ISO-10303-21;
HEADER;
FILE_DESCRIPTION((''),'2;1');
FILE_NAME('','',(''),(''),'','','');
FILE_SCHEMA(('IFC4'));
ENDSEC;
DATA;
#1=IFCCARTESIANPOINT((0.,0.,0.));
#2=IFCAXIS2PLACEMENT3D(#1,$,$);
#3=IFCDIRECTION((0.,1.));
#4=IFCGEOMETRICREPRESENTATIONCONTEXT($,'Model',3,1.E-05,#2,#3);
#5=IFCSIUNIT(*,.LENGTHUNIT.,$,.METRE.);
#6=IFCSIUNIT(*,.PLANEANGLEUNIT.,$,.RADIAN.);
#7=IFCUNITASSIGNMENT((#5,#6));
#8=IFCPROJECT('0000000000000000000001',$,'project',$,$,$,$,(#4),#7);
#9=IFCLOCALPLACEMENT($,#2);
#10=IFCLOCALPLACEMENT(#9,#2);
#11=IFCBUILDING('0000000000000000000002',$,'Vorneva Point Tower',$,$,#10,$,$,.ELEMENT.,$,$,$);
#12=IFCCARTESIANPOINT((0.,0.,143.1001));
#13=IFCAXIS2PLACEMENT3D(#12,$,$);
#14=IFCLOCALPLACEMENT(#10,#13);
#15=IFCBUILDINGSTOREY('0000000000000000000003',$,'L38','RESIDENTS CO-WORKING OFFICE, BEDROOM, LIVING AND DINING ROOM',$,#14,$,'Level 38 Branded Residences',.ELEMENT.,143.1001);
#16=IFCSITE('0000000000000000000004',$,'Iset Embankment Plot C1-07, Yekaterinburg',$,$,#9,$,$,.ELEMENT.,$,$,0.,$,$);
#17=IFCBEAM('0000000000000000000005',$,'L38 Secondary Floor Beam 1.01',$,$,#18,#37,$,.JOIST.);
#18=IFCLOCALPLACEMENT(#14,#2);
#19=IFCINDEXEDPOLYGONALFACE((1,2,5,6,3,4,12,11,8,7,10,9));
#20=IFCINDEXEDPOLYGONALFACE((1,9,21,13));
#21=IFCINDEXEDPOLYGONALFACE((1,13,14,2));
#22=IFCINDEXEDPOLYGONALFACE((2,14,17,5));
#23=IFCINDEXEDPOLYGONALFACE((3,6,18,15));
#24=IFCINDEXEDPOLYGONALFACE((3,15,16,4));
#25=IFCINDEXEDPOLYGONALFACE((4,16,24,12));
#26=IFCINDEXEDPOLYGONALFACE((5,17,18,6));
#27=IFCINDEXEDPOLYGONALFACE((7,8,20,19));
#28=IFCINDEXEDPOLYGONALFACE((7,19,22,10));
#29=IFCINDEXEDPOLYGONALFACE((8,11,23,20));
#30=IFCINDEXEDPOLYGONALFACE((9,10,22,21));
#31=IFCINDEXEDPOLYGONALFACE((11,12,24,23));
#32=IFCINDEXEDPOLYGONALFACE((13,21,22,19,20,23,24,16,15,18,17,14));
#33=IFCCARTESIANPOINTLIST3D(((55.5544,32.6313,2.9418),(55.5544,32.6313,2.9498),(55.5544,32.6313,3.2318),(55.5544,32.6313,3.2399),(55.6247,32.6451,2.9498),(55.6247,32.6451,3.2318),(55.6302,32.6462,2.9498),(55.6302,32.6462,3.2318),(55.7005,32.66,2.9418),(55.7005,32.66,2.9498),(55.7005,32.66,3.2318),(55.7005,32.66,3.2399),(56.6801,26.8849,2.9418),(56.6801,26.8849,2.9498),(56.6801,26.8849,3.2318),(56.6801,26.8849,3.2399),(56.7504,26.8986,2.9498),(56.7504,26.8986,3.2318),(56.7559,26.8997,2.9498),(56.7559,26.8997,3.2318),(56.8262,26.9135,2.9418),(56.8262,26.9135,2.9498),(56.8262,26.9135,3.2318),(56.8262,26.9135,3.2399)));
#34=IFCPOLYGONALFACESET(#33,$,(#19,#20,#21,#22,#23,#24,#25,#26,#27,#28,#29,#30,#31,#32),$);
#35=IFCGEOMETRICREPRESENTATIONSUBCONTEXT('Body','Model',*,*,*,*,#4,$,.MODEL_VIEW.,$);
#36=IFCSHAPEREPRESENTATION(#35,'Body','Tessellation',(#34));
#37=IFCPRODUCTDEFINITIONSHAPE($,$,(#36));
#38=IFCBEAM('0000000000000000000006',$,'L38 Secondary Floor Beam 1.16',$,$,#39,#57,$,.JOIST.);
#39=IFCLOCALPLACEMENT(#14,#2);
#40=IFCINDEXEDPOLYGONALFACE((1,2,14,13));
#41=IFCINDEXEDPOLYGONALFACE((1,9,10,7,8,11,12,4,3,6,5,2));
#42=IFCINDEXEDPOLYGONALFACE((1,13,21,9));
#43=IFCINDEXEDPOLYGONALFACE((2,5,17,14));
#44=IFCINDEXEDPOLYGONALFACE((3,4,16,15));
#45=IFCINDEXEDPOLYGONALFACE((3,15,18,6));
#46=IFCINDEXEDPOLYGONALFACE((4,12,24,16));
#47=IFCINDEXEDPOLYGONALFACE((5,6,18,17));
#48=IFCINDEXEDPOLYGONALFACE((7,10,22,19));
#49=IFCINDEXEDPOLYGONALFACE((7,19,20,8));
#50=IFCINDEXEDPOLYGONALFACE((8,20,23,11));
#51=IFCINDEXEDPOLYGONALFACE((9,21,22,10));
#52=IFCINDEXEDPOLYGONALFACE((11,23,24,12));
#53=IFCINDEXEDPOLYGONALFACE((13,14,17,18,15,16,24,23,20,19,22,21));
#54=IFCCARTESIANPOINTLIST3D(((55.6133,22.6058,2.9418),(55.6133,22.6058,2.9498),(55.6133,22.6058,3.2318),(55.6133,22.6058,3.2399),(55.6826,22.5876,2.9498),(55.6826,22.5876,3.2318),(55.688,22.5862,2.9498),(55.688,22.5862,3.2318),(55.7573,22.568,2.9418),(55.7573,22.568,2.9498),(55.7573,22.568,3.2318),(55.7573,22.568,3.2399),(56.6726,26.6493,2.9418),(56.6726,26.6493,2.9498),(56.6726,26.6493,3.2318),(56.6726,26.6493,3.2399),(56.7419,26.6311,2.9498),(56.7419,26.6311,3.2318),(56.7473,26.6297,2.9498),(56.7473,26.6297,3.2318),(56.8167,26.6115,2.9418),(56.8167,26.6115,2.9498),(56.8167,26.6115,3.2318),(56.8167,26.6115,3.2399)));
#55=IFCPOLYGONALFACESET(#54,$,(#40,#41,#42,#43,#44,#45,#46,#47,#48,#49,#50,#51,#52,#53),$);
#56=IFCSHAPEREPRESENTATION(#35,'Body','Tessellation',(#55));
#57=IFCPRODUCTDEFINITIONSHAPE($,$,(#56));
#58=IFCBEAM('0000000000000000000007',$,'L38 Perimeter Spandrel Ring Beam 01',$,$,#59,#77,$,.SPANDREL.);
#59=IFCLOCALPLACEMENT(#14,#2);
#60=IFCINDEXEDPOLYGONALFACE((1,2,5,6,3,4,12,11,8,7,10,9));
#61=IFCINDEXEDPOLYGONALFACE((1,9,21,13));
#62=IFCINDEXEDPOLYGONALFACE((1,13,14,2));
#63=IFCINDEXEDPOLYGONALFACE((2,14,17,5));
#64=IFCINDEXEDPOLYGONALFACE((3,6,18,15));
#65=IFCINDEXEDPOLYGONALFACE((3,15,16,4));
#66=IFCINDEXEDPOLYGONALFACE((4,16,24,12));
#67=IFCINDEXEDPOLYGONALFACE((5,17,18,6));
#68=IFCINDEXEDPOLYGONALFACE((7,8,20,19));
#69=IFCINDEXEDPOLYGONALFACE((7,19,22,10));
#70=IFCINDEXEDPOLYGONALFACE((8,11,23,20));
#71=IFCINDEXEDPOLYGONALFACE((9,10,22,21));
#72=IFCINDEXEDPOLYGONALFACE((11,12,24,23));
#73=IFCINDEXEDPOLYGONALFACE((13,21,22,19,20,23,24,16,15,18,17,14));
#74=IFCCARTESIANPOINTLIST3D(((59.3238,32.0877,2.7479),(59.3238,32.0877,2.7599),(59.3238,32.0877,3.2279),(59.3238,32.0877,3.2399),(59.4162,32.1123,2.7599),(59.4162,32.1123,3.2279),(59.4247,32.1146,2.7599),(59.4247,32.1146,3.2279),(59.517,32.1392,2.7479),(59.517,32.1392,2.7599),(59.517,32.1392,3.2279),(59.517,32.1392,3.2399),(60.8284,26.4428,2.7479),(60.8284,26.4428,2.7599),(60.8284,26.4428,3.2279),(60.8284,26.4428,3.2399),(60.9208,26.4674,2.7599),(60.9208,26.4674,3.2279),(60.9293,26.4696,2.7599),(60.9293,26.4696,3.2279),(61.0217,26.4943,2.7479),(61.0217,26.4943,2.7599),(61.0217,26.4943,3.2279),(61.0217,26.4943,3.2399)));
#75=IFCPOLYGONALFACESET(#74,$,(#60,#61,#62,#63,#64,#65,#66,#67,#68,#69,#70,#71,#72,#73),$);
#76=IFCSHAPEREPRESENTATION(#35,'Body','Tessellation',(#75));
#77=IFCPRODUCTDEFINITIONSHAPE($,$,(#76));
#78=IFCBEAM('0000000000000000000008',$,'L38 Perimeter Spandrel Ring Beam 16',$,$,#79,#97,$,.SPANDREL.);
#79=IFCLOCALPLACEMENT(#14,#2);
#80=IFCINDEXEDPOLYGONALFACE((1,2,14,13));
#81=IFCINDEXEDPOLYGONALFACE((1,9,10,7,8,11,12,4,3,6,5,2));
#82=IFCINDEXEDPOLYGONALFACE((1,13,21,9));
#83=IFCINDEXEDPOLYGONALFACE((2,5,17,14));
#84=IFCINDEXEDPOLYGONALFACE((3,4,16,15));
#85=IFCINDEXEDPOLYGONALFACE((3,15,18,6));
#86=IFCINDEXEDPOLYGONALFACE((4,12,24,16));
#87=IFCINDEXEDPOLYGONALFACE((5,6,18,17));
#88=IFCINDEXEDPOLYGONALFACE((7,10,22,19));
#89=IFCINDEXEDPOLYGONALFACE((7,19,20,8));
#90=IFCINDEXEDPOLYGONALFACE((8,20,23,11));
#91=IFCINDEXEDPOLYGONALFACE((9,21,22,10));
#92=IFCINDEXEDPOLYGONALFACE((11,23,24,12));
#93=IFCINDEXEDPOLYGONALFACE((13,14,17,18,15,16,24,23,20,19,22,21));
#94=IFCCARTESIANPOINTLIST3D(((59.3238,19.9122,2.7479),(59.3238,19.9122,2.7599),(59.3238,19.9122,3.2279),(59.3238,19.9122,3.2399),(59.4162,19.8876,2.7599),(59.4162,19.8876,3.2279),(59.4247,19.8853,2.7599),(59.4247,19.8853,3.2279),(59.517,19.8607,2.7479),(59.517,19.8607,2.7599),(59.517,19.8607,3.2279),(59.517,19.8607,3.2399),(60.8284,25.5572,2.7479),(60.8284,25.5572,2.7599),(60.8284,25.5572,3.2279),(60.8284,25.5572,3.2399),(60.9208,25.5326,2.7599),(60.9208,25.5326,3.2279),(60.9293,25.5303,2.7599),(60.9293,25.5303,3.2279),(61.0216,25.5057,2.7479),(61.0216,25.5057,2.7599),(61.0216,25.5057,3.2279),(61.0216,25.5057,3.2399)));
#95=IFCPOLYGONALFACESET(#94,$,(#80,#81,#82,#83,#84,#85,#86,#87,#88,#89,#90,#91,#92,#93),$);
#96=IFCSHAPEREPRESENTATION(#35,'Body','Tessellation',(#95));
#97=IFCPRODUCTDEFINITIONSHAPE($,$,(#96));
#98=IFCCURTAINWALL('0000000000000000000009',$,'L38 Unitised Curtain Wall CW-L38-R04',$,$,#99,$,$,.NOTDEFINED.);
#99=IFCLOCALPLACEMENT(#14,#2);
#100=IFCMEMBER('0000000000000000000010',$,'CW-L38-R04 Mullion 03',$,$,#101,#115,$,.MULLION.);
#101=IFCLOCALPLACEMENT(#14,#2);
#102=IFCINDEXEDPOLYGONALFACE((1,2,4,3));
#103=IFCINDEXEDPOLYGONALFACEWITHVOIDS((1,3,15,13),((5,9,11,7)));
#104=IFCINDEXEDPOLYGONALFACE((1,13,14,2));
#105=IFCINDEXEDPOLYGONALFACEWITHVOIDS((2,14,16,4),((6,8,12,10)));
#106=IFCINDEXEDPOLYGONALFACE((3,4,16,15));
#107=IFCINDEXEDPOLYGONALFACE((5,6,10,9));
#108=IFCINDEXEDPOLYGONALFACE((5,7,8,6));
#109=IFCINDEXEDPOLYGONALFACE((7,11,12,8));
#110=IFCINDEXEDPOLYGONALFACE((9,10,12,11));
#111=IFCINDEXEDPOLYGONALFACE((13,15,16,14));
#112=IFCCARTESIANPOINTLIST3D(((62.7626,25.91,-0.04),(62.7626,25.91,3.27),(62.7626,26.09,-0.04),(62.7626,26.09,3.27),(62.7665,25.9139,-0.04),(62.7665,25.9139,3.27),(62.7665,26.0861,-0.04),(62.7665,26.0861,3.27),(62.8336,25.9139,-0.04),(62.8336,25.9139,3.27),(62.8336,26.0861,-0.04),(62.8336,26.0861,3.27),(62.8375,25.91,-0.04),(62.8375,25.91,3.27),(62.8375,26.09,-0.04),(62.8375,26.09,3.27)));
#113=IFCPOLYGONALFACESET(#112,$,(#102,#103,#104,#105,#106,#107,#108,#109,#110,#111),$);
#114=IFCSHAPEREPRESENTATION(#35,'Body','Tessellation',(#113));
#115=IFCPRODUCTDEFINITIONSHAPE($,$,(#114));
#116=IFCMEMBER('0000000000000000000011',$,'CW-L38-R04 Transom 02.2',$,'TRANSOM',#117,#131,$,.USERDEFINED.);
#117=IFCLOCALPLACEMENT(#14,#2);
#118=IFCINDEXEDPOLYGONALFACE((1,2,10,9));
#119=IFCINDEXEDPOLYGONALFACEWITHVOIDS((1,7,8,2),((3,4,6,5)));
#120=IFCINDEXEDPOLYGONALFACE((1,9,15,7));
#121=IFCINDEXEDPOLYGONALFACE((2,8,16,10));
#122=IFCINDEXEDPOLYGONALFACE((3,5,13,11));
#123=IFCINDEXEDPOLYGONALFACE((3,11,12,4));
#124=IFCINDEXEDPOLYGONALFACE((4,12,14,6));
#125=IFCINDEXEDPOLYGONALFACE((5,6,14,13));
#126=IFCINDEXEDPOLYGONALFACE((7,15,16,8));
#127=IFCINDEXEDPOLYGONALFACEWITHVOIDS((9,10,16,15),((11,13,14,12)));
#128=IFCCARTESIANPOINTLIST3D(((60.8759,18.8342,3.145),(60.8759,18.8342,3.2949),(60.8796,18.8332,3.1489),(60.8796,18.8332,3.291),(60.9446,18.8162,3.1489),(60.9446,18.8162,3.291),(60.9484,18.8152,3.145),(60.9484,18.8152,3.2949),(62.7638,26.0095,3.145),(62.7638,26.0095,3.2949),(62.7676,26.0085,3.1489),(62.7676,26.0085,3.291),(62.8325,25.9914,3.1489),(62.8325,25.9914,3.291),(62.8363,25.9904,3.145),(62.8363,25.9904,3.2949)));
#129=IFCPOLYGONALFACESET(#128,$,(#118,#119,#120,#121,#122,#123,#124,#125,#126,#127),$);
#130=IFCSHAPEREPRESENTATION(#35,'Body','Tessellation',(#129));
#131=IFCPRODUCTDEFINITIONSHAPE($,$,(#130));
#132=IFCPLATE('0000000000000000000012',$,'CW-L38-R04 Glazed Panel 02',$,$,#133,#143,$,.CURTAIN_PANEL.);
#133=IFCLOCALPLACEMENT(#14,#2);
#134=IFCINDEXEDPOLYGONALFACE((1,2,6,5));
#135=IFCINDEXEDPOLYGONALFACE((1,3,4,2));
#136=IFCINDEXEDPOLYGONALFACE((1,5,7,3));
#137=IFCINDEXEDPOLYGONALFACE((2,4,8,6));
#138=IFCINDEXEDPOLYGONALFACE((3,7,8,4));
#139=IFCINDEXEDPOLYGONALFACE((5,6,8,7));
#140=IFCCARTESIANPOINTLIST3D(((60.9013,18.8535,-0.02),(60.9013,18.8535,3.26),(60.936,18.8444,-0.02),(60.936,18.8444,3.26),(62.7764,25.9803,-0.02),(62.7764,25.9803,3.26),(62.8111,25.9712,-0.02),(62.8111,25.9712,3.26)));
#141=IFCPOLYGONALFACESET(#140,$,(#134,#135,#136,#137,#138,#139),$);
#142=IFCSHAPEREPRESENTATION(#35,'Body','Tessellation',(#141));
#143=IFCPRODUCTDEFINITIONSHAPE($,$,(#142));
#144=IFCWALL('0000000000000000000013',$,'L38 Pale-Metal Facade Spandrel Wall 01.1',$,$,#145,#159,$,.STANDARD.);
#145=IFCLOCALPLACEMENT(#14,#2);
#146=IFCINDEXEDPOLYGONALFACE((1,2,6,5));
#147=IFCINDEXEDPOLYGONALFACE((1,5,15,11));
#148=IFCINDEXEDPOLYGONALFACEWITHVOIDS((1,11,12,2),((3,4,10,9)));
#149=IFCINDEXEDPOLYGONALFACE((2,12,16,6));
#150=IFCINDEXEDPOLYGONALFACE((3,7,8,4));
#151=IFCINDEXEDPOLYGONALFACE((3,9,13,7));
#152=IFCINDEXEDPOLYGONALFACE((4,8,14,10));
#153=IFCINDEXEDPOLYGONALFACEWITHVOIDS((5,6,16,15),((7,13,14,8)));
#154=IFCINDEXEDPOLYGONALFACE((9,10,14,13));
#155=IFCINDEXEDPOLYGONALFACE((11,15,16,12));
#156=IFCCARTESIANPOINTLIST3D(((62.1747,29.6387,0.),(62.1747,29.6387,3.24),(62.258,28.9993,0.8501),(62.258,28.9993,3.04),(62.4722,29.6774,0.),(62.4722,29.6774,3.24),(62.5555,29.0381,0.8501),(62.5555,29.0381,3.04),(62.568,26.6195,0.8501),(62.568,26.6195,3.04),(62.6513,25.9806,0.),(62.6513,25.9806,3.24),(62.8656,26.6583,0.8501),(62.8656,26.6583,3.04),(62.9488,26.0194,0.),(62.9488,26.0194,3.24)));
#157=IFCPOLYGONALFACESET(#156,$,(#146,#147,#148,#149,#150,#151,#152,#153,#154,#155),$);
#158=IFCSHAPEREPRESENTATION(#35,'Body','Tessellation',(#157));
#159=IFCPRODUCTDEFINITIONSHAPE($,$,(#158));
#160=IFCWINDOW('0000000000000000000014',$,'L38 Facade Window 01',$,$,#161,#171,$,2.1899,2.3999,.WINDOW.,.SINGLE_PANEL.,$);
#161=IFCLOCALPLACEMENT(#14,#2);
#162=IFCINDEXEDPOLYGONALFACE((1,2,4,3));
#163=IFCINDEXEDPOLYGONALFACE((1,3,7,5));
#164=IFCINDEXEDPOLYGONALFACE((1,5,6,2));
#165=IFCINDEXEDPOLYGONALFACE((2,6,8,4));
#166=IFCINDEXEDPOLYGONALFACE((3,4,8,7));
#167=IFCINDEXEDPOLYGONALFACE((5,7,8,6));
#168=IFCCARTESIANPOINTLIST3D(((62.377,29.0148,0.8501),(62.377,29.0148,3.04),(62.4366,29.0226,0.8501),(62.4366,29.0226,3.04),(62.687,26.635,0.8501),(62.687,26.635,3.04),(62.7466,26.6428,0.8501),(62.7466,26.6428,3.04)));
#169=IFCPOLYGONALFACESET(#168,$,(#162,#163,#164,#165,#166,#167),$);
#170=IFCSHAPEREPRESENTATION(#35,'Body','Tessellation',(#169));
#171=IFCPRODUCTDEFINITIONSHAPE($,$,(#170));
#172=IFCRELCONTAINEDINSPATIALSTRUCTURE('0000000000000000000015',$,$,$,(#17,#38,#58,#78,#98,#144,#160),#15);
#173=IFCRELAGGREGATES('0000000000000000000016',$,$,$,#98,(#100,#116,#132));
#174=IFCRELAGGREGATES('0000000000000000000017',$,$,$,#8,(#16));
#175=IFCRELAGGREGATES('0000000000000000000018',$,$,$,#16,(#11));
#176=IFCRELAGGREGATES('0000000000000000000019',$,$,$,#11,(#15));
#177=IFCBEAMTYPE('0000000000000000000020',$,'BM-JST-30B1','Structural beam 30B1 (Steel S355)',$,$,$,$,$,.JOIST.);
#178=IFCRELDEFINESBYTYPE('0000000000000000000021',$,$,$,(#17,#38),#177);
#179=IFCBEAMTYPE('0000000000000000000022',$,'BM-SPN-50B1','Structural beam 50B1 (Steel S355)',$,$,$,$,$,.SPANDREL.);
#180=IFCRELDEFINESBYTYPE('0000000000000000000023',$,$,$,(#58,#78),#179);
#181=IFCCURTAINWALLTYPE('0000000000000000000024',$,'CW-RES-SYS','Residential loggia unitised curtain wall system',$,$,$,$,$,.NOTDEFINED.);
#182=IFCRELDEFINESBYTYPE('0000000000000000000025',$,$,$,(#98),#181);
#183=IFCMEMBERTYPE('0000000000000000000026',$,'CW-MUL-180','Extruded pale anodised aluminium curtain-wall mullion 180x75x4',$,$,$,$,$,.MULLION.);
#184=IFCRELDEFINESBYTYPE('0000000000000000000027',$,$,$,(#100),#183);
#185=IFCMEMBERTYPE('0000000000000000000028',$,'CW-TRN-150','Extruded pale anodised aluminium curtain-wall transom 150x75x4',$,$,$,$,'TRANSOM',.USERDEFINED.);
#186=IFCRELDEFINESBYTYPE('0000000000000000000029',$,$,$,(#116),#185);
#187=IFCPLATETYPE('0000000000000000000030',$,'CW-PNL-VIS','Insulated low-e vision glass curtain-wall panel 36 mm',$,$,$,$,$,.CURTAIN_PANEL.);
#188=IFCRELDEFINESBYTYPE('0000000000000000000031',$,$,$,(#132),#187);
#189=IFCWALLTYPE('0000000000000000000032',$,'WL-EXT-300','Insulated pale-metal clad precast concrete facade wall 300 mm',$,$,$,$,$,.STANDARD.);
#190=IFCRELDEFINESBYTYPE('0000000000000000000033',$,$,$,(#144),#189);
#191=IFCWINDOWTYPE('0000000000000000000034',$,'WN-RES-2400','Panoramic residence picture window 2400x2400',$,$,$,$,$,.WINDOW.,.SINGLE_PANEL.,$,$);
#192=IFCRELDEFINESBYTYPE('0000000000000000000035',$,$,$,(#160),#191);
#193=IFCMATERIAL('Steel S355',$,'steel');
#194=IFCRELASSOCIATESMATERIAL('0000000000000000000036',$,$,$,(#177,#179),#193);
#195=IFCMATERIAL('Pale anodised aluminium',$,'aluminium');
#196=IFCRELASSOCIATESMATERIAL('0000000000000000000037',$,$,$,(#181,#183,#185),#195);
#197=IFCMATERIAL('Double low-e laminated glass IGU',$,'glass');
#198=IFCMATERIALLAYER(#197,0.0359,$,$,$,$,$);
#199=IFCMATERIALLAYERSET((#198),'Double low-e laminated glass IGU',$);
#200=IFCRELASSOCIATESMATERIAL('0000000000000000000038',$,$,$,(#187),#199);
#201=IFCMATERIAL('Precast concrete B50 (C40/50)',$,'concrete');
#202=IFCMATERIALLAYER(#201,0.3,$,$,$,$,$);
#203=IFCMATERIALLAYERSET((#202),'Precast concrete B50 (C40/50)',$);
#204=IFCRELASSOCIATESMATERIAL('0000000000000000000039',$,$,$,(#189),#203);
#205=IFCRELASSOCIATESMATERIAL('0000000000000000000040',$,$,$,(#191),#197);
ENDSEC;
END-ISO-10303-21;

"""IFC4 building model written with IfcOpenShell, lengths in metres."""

from ifc_helpers import new_model, si_unit, direction, frame, frame_2d, origin, origin_2d, place, context, subcontext, project, spatial, rectangle, hollow_rectangle, i_section, extrude, material, layer, layer_set, material_profile, profile_set, type_object, element, fill, aggregate, save


model = new_model("IFC4")

# Units and contexts
model_context = context("Model", 3, precision=1e-05, world=origin(), true_north=direction((0.0, 1.0)))
body_context = subcontext(model_context, "Body", "Model", "MODEL_VIEW")
ifc_project = project(units=[si_unit("LENGTHUNIT", "METRE"), si_unit("PLANEANGLEUNIT", "RADIAN")], contexts=[model_context])

# Site, building, storey
site_placement = place(None, origin())
site = spatial("IfcSite", under=ifc_project, at=site_placement, Name="Iset Embankment Plot C1-07, Yekaterinburg", CompositionType="ELEMENT", RefElevation=0.0)
building_placement = place(site_placement, origin())
building = spatial("IfcBuilding", under=site, at=building_placement, Name="Vorneva Point Tower", CompositionType="ELEMENT")
storey_placement = place(building_placement, frame((0.0, 0.0, 143.1001)))
storey = spatial("IfcBuildingStorey", under=building, at=storey_placement, Name="L38", Description="RESIDENTS CO-WORKING OFFICE, BEDROOM, LIVING AND DINING ROOM", LongName="Level 38 Branded Residences", CompositionType="ELEMENT", Elevation=143.1001)

# Beams
ifc_material_1 = material(Name="Steel S355", Category="steel")
ifc_material_profile_1 = material_profile(ifc_material_1, i_section(OverallWidth=0.1489, OverallDepth=0.2981, WebThickness=0.0056, FlangeThickness=0.0081, at=origin_2d()), Name="30B1")
ifc_profile_set_1 = profile_set([ifc_material_profile_1], Name="Steel S355")
beam_type_1 = type_object("IfcBeamType", Name="BM-JST-30B1", Description="Structural beam 30B1 (Steel S355)", PredefinedType="JOIST", material=ifc_profile_set_1)
beam_1_placement = place(storey_placement, frame((56.7532, 26.8992, 3.0908), z_axis=(-0.192242, 0.981348, 0.0), x_axis=(-0.981348, -0.192242, 0.0)))
element("IfcBeam", 1, at=beam_1_placement, inside=storey, type_object=beam_type_1, Name="L38 Secondary Floor Beam 1.01", PredefinedType="JOIST", context=body_context, shape_type="SweptSolid", body=[
    extrude(i_section(OverallWidth=0.1489, OverallDepth=0.2981, WebThickness=0.0056, FlangeThickness=0.0081, at=origin_2d()), origin(), (0.0, 0.0, 1.0), 5.8557),
])
beam_2_placement = place(storey_placement, frame((55.6853, 22.5869, 3.0908), z_axis=(0.253432, 0.967353, 0.0), x_axis=(-0.967353, 0.253432, 0.0)))
element("IfcBeam", 2, at=beam_2_placement, inside=storey, type_object=beam_type_1, Name="L38 Secondary Floor Beam 1.16", PredefinedType="JOIST", context=body_context, shape_type="SweptSolid", body=[
    extrude(i_section(OverallWidth=0.1489, OverallDepth=0.2981, WebThickness=0.0056, FlangeThickness=0.0081, at=origin_2d()), origin(), (0.0, 0.0, 1.0), 4.1799),
])
ifc_material_profile_2 = material_profile(ifc_material_1, i_section(OverallWidth=0.2, OverallDepth=0.4919, WebThickness=0.0088, FlangeThickness=0.012, at=origin_2d()), Name="50B1")
ifc_profile_set_2 = profile_set([ifc_material_profile_2], Name="Steel S355")
beam_type_2 = type_object("IfcBeamType", Name="BM-SPN-50B1", Description="Structural beam 50B1 (Steel S355)", PredefinedType="SPANDREL", material=ifc_profile_set_2)
for number, where, z_axis, x_axis, name in (
    (3, (60.925, 26.4685, 2.9939), (-0.257551, 0.966265, 0.0), (-0.966265, -0.257551, 0.0), "L38 Perimeter Spandrel Ring Beam 01"),
    (4, (59.4204, 19.8865, 2.9939), (0.257551, 0.966265, 0.0), (-0.966265, 0.257551, 0.0), "L38 Perimeter Spandrel Ring Beam 16"),
):
    element("IfcBeam", number, at=place(storey_placement, frame(where, z_axis=z_axis, x_axis=x_axis)), inside=storey, type_object=beam_type_2, Name=name, PredefinedType="SPANDREL", context=body_context, shape_type="SweptSolid", body=[
        extrude(i_section(OverallWidth=0.2, OverallDepth=0.4919, WebThickness=0.0088, FlangeThickness=0.012, at=origin_2d()), origin(), (0.0, 0.0, 1.0), 5.842),
    ])

# Curtain wall, members, plate
ifc_material_2 = material(Name="Pale anodised aluminium", Category="aluminium")
curtain_wall_type = type_object("IfcCurtainWallType", Name="CW-RES-SYS", Description="Residential loggia unitised curtain wall system", PredefinedType="NOTDEFINED", material=ifc_material_2)
curtain_wall_placement = place(storey_placement, origin())
curtain_wall = element("IfcCurtainWall", 5, at=curtain_wall_placement, inside=storey, type_object=curtain_wall_type, Name="L38 Unitised Curtain Wall CW-L38-R04", PredefinedType="NOTDEFINED")
ifc_material_profile_3 = material_profile(ifc_material_2, hollow_rectangle(XDim=0.075, YDim=0.1799, WallThickness=0.0039, at=origin_2d()), Name="AL-MUL 180x75x4")
ifc_profile_set_3 = profile_set([ifc_material_profile_3], Name="Pale anodised aluminium")
member_type_1 = type_object("IfcMemberType", Name="CW-MUL-180", Description="Extruded pale anodised aluminium curtain-wall mullion 180x75x4", PredefinedType="MULLION", material=ifc_profile_set_3)
member_1_placement = place(storey_placement, frame((62.8, 26.0, -0.04), z_axis=(0.0, 0.0, 1.0), x_axis=(1.0, 0.0, 0.0)))
member_1 = element("IfcMember", 6, at=member_1_placement, type_object=member_type_1, Name="CW-L38-R04 Mullion 03", PredefinedType="MULLION", context=body_context, shape_type="SweptSolid", body=[
    extrude(hollow_rectangle(XDim=0.075, YDim=0.1799, WallThickness=0.0039, at=origin_2d()), origin(), (0.0, 0.0, 1.0), 3.3101),
])
ifc_material_profile_4 = material_profile(ifc_material_2, hollow_rectangle(XDim=0.075, YDim=0.1499, WallThickness=0.0039, at=origin_2d()), Name="AL-TRN 150x75x4")
ifc_profile_set_4 = profile_set([ifc_material_profile_4], Name="Pale anodised aluminium")
member_type_2 = type_object("IfcMemberType", Name="CW-TRN-150", Description="Extruded pale anodised aluminium curtain-wall transom 150x75x4", ElementType="TRANSOM", PredefinedType="USERDEFINED", material=ifc_profile_set_4)
member_2_placement = place(storey_placement, frame((60.9121, 18.8247, 3.22), z_axis=(0.254456, 0.967084, 0.0), x_axis=(-0.967084, 0.254456, 0.0)))
member_2 = element("IfcMember", 7, at=member_2_placement, type_object=member_type_2, Name="CW-L38-R04 Transom 02.2", ObjectType="TRANSOM", PredefinedType="USERDEFINED", context=body_context, shape_type="SweptSolid", body=[
    extrude(hollow_rectangle(XDim=0.075, YDim=0.1499, WallThickness=0.0039, at=origin_2d()), origin(), (0.0, 0.0, 1.0), 7.4194),
])
ifc_material_3 = material(Name="Double low-e laminated glass IGU", Category="glass")
ifc_layer_1 = layer(ifc_material_3, 0.0359)
ifc_layer_set_1 = layer_set([ifc_layer_1], Name="Double low-e laminated glass IGU")
plate_type = type_object("IfcPlateType", Name="CW-PNL-VIS", Description="Insulated low-e vision glass curtain-wall panel 36 mm", PredefinedType="CURTAIN_PANEL", material=ifc_layer_set_1)
plate_placement = place(storey_placement, frame((61.8562, 22.4124, -0.02), z_axis=(0.0, 0.0, 1.0), x_axis=(0.254433, 0.96709, 0.0)))
plate = element("IfcPlate", 8, at=plate_placement, type_object=plate_type, Name="CW-L38-R04 Glazed Panel 02", PredefinedType="CURTAIN_PANEL", context=body_context, shape_type="SweptSolid", body=[
    extrude(rectangle(XDim=7.3694, YDim=0.0359, at=origin_2d()), origin(), (0.0, 0.0, 1.0), 3.28),
])
aggregate(curtain_wall, [member_1, member_2, plate])

# Wall, opening, window
ifc_material_4 = material(Name="Precast concrete B50 (C40/50)", Category="concrete")
ifc_layer_2 = layer(ifc_material_4, 0.3)
ifc_layer_set_2 = layer_set([ifc_layer_2], Name="Precast concrete B50 (C40/50)")
wall_type_1 = type_object("IfcWallType", Name="WL-EXT-300", Description="Insulated pale-metal clad precast concrete facade wall 300 mm", PredefinedType="STANDARD", material=ifc_layer_set_2)
wall_1_placement = place(storey_placement, frame((62.8, 26.0, 0.0), z_axis=(0.0, 0.0, 1.0), x_axis=(-0.129189, 0.99162, 0.0)))
wall_1 = element("IfcWall", 9, at=wall_1_placement, inside=storey, type_object=wall_type_1, Name="L38 Pale-Metal Facade Spandrel Wall 01.1", PredefinedType="STANDARD", context=body_context, shape_type="SweptSolid", body=[
    extrude(rectangle(XDim=3.689, YDim=0.3, at=frame_2d((1.8445, 0.0))), origin(), (0.0, 0.0, 1.0), 3.24),
])
opening_1_placement = place(wall_1_placement, frame((0.6443, 0.0, 0.8501)))
opening_1 = element("IfcOpeningElement", 10, at=opening_1_placement, cuts=wall_1, PredefinedType="OPENING", context=body_context, shape_type="SweptSolid", body=[
    extrude(rectangle(XDim=2.3999, YDim=2.1899, at=frame_2d((1.2, 1.095))), frame((0.0, 0.165, 0.0), z_axis=(0.0, -1.0, 0.0), x_axis=(1.0, 0.0, 0.0)), (0.0, 0.0, 1.0), 0.3298),
])
window_type = type_object("IfcWindowType", Name="WN-RES-2400", Description="Panoramic residence picture window 2400x2400", PartitioningType="SINGLE_PANEL", PredefinedType="WINDOW", material=ifc_material_3)
window_placement = place(opening_1_placement, origin())
window = element("IfcWindow", 11, at=window_placement, inside=storey, type_object=window_type, Name="L38 Facade Window 01", OverallHeight=2.1899, OverallWidth=2.3999, PartitioningType="SINGLE_PANEL", PredefinedType="WINDOW", context=body_context, shape_type="SweptSolid", body=[
    extrude(rectangle(XDim=2.3999, YDim=2.1899, at=frame_2d((1.2, 1.095))), frame((0.0, 0.03, 0.0), z_axis=(0.0, -1.0, 0.0), x_axis=(1.0, 0.0, 0.0)), (0.0, 0.0, 1.0), 0.0601),
])
fill(opening_1, window)

save(model, "model.ifc")
